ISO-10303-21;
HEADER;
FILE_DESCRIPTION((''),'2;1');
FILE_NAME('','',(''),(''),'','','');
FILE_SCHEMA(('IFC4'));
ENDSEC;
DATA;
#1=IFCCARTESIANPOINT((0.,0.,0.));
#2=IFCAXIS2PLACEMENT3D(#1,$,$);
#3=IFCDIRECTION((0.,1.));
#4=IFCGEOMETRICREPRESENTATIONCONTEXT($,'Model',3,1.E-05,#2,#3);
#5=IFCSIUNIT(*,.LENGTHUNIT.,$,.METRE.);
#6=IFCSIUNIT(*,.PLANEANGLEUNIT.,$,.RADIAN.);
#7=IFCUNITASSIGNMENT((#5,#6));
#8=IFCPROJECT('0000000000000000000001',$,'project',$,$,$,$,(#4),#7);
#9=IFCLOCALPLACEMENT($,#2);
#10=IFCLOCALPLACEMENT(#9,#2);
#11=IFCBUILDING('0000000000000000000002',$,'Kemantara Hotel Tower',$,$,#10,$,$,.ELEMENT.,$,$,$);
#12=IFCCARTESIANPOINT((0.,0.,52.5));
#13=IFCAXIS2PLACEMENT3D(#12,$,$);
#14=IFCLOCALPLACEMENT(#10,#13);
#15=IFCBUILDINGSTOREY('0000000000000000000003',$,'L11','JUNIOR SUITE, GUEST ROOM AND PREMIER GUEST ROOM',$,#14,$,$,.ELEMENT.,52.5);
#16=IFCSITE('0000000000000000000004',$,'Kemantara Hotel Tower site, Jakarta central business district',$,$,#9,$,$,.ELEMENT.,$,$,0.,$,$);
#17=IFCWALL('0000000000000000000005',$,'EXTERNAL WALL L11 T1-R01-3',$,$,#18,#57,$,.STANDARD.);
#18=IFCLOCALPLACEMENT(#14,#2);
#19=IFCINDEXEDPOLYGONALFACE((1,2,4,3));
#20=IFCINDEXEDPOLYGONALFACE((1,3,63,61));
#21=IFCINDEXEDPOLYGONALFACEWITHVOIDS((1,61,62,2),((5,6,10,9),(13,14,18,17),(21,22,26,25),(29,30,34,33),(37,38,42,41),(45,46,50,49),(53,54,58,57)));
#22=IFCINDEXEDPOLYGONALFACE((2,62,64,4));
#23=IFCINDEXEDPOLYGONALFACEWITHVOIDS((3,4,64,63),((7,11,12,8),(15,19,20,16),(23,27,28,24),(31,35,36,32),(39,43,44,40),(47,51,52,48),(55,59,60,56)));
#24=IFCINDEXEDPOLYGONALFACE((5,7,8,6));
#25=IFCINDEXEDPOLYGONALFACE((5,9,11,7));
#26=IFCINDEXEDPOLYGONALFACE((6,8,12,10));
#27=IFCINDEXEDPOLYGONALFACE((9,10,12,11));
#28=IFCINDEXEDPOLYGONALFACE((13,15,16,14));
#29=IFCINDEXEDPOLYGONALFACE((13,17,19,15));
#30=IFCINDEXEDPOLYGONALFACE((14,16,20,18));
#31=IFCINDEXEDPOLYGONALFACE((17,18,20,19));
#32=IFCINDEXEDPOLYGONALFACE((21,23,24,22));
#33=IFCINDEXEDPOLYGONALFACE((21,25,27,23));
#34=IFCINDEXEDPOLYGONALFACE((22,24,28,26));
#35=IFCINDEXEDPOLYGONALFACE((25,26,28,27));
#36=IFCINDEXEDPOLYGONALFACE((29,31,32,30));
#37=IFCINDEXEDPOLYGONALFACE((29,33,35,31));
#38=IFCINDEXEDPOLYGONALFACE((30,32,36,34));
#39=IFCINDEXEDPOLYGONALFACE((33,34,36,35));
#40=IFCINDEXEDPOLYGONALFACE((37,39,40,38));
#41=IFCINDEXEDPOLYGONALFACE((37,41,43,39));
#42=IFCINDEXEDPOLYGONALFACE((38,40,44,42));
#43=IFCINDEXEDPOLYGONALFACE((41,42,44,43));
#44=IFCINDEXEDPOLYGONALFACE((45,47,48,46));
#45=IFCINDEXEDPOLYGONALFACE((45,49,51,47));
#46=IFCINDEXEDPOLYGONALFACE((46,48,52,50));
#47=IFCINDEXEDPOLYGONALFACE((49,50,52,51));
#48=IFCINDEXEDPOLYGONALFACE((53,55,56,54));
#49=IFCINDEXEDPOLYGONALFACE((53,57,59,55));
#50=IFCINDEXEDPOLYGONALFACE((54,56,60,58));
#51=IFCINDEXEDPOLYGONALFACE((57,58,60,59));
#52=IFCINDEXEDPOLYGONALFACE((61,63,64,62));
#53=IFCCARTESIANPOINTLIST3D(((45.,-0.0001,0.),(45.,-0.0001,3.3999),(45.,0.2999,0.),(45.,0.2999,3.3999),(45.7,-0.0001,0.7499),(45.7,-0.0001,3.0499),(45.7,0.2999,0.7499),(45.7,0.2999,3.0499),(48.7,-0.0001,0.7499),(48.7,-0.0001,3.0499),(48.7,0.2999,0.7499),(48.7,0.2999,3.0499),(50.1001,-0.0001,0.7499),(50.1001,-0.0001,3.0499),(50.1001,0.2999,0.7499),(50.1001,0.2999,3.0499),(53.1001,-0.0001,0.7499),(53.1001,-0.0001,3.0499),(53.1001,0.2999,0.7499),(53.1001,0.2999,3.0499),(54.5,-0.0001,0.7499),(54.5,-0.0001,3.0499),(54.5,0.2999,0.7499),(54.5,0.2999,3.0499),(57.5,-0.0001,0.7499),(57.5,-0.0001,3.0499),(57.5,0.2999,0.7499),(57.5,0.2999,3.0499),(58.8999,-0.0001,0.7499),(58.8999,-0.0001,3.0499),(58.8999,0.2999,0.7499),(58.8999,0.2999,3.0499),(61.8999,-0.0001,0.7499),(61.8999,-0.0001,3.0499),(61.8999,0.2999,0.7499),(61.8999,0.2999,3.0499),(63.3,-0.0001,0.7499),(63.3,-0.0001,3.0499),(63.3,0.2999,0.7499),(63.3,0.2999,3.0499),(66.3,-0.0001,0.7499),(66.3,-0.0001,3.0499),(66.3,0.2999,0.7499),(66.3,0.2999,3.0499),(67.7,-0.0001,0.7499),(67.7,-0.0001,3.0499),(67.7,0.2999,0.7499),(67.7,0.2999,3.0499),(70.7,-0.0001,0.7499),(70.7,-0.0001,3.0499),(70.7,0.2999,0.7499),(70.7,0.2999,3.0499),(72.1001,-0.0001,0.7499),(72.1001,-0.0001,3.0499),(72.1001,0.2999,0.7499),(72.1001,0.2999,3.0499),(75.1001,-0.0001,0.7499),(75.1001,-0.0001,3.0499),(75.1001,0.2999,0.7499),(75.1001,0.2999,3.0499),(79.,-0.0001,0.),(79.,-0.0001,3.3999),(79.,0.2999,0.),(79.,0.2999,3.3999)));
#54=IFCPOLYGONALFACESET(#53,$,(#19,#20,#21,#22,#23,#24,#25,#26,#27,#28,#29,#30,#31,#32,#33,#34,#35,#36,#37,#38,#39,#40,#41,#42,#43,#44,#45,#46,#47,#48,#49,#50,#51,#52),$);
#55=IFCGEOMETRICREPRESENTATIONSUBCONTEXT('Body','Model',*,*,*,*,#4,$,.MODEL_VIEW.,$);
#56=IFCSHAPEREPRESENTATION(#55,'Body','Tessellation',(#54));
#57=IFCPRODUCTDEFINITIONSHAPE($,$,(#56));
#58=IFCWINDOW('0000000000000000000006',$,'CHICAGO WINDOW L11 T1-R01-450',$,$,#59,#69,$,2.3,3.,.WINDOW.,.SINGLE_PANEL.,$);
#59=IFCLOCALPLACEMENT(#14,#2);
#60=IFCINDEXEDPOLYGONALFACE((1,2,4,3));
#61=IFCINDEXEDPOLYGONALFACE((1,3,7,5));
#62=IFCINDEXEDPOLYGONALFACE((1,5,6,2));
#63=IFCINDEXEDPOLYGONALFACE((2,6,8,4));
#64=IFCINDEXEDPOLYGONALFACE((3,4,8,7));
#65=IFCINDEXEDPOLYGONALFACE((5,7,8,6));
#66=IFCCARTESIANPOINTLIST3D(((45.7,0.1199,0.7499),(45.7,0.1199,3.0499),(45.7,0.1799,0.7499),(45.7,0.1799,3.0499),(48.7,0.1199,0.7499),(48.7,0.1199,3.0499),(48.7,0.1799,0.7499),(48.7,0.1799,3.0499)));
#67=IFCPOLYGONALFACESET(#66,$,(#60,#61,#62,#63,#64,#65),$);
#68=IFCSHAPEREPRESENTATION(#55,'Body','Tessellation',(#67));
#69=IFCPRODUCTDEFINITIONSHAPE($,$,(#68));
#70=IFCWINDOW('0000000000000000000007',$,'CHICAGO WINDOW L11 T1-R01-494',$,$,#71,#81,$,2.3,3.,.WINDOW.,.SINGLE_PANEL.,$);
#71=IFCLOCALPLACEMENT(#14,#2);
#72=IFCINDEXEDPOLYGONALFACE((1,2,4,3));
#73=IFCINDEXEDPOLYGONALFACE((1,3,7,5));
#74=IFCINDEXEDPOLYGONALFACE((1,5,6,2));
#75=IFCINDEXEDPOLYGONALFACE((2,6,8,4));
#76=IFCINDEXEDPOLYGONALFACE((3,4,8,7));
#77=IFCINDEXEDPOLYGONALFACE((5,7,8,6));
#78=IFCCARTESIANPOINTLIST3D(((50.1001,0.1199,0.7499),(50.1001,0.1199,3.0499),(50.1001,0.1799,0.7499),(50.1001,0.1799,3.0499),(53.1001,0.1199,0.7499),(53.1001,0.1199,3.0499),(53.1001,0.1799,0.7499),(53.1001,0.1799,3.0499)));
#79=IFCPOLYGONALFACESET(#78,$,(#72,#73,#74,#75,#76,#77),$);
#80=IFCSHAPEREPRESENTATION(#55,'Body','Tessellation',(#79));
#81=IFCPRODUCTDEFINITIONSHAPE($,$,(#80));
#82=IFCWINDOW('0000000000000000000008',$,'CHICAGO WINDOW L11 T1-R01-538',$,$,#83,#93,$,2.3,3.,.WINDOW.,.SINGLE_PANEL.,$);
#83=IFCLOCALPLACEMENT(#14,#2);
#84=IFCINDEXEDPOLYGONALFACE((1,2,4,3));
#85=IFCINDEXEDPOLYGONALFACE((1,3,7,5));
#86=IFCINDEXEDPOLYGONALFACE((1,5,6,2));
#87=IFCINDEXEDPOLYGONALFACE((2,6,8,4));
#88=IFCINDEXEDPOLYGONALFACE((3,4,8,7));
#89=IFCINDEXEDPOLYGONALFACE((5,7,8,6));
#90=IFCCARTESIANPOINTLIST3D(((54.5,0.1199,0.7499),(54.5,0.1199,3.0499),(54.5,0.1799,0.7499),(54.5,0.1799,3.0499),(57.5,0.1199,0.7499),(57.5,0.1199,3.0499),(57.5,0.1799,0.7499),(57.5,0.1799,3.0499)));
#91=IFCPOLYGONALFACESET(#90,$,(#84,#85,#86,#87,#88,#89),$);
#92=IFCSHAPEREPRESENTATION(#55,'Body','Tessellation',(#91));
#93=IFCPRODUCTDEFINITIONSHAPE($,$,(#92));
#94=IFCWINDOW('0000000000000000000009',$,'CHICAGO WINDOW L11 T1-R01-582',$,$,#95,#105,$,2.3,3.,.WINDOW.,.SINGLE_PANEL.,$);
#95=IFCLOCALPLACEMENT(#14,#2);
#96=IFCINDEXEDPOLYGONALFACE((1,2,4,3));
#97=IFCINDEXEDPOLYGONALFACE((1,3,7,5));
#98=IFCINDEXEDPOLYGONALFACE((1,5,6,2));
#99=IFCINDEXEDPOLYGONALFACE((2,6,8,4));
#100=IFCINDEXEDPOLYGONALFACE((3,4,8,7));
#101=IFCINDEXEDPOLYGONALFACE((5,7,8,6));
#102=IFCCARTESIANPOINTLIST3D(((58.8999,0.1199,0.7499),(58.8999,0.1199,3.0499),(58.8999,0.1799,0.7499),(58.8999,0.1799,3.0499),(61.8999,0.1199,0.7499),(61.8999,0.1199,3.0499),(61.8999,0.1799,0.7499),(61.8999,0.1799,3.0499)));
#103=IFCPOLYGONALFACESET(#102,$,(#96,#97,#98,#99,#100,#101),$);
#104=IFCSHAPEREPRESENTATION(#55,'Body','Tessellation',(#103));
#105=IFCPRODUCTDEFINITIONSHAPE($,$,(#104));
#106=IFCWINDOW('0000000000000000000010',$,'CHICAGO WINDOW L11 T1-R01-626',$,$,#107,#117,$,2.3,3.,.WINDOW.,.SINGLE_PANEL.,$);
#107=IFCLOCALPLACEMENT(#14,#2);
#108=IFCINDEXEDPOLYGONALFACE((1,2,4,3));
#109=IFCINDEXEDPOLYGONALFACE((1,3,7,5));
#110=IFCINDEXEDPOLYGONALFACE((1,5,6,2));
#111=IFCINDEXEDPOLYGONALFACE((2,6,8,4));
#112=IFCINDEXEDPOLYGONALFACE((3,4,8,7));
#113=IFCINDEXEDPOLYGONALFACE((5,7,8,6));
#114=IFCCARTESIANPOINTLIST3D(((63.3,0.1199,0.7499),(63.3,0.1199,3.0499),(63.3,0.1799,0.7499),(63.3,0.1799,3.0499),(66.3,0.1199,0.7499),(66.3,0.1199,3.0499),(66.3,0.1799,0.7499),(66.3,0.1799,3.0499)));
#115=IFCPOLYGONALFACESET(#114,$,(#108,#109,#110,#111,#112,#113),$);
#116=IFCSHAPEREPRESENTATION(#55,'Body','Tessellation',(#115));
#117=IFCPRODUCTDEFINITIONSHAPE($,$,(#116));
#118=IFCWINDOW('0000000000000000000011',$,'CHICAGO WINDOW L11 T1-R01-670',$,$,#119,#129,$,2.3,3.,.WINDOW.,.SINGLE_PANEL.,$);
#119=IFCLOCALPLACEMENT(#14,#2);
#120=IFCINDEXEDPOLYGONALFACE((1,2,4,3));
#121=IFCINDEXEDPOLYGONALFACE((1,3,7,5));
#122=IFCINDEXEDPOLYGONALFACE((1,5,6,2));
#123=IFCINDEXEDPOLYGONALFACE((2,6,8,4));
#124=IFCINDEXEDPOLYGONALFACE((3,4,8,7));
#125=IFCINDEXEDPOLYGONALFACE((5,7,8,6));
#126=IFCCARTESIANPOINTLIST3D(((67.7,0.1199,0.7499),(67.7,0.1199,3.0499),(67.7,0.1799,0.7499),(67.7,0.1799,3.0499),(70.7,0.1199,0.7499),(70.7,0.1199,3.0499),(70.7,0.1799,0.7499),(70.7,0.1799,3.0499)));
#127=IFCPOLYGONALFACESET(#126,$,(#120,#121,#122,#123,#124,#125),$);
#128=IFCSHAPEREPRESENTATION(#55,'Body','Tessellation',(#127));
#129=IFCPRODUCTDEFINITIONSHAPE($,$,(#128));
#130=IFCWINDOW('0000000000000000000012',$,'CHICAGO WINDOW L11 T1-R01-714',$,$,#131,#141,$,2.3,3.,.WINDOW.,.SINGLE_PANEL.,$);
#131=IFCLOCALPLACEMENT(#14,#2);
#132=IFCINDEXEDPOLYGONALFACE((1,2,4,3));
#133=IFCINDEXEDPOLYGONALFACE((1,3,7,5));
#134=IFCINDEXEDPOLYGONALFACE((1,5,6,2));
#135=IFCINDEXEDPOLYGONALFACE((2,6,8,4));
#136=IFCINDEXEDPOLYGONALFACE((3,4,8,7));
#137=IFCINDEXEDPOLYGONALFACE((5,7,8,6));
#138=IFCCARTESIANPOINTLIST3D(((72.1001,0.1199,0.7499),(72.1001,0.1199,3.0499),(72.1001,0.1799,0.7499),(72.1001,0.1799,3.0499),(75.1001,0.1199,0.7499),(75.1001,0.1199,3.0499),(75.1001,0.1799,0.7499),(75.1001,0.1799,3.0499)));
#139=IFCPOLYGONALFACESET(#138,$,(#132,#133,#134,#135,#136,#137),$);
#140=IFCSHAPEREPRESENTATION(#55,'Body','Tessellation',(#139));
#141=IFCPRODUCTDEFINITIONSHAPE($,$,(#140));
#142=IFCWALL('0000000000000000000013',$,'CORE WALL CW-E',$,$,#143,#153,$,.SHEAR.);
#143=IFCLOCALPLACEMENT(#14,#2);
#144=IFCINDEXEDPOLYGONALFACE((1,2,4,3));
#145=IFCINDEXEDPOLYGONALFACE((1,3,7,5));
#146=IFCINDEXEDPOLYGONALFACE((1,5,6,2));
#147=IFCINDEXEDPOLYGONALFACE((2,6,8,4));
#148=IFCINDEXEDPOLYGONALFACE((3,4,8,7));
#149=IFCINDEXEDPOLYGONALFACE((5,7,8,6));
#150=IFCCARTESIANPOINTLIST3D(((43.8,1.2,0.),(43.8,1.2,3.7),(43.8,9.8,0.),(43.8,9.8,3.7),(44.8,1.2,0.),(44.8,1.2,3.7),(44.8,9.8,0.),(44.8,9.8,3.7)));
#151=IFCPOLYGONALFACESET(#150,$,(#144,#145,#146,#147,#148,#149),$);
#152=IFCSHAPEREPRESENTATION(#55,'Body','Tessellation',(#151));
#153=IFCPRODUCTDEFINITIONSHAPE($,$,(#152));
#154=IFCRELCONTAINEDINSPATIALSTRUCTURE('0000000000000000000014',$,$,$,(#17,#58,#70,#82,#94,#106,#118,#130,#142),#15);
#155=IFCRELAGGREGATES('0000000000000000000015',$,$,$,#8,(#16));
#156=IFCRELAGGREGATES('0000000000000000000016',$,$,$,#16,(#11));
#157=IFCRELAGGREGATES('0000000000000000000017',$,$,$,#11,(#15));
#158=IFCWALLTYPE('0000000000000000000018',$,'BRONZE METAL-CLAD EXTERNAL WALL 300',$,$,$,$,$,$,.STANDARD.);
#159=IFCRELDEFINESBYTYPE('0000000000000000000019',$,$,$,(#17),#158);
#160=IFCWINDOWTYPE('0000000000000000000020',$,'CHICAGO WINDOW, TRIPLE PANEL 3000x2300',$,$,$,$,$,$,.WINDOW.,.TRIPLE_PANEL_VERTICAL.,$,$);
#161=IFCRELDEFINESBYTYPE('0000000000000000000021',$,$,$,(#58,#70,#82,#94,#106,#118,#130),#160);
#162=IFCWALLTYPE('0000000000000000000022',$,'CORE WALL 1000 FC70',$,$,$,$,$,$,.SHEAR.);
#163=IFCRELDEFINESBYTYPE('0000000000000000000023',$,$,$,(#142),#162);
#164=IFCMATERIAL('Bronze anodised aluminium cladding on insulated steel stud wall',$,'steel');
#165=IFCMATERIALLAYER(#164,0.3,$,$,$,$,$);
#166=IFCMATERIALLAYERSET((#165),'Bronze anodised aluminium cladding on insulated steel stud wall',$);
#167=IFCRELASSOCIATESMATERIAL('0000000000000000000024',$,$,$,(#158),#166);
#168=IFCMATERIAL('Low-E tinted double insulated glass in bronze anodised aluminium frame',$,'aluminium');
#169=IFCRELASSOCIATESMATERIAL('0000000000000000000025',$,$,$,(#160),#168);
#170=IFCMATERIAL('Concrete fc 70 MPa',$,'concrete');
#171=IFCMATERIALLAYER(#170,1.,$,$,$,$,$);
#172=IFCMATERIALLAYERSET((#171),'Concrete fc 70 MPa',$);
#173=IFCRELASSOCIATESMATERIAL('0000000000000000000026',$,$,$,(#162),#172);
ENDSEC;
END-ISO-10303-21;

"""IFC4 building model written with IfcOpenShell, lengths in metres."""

from ifc_helpers import new_model, si_unit, direction, frame, frame_2d, origin, place, context, subcontext, project, spatial, rectangle, extrude, material, layer, layer_set, type_object, element, fill, save


model = new_model("IFC4")

# Units and contexts
model_context = context("Model", 3, precision=1e-05, world=origin(), true_north=direction((0.0, 1.0)))
body_context = subcontext(model_context, "Body", "Model", "MODEL_VIEW")
ifc_project = project(units=[si_unit("LENGTHUNIT", "METRE"), si_unit("PLANEANGLEUNIT", "RADIAN")], contexts=[model_context])

# Site, building, storey
site_placement = place(None, origin())
site = spatial("IfcSite", under=ifc_project, at=site_placement, Name="Kemantara Hotel Tower site, Jakarta central business district", CompositionType="ELEMENT", RefElevation=0.0)
building_placement = place(site_placement, origin())
building = spatial("IfcBuilding", under=site, at=building_placement, Name="Kemantara Hotel Tower", CompositionType="ELEMENT")
storey_placement = place(building_placement, frame((0.0, 0.0, 52.5)))
storey = spatial("IfcBuildingStorey", under=building, at=storey_placement, Name="L11", Description="JUNIOR SUITE, GUEST ROOM AND PREMIER GUEST ROOM", CompositionType="ELEMENT", Elevation=52.5)

# Shared definitions
ifc_material_1 = material(Name="Concrete fc 70 MPa", Category="concrete")

# Wall, openings, windows
ifc_material_2 = material(Name="Bronze anodised aluminium cladding on insulated steel stud wall", Category="steel")
ifc_layer_1 = layer(ifc_material_2, 0.3)
ifc_layer_set_1 = layer_set([ifc_layer_1], Name="Bronze anodised aluminium cladding on insulated steel stud wall")
wall_type_1 = type_object("IfcWallType", Name="BRONZE METAL-CLAD EXTERNAL WALL 300", PredefinedType="STANDARD", material=ifc_layer_set_1)
wall_1_placement = place(storey_placement, frame((45.0, 0.1499, 0.0), z_axis=(0.0, 0.0, 1.0), x_axis=(1.0, 0.0, 0.0)))
wall_1 = element("IfcWall", 1, at=wall_1_placement, inside=storey, type_object=wall_type_1, Name="EXTERNAL WALL L11 T1-R01-3", PredefinedType="STANDARD", context=body_context, shape_type="SweptSolid", body=[
    extrude(rectangle(XDim=34.0, YDim=0.3, at=frame_2d((17.0, 0.0))), origin(), (0.0, 0.0, 1.0), 3.3999),
])
opening_1_placement = place(wall_1_placement, frame((0.7, 0.0, 0.75)))
opening_1 = element("IfcOpeningElement", 2, at=opening_1_placement, cuts=wall_1, PredefinedType="OPENING", context=body_context, shape_type="SweptSolid", body=[
    extrude(rectangle(XDim=3.0, YDim=2.3, at=frame_2d((1.5, 1.1499))), frame((0.0, 0.1599, 0.0), z_axis=(0.0, -1.0, 0.0), x_axis=(1.0, 0.0, 0.0)), (0.0, 0.0, 1.0), 0.3201),
])
opening_2_placement = place(wall_1_placement, frame((5.1001, 0.0, 0.75)))
opening_2 = element("IfcOpeningElement", 3, at=opening_2_placement, cuts=wall_1, PredefinedType="OPENING", context=body_context, shape_type="SweptSolid", body=[
    extrude(rectangle(XDim=3.0, YDim=2.3, at=frame_2d((1.5, 1.1499))), frame((0.0, 0.1599, 0.0), z_axis=(0.0, -1.0, 0.0), x_axis=(1.0, 0.0, 0.0)), (0.0, 0.0, 1.0), 0.3201),
])
opening_3_placement = place(wall_1_placement, frame((9.5, 0.0, 0.75)))
opening_3 = element("IfcOpeningElement", 4, at=opening_3_placement, cuts=wall_1, PredefinedType="OPENING", context=body_context, shape_type="SweptSolid", body=[
    extrude(rectangle(XDim=3.0, YDim=2.3, at=frame_2d((1.5, 1.1499))), frame((0.0, 0.1599, 0.0), z_axis=(0.0, -1.0, 0.0), x_axis=(1.0, 0.0, 0.0)), (0.0, 0.0, 1.0), 0.3201),
])
opening_4_placement = place(wall_1_placement, frame((13.8999, 0.0, 0.75)))
opening_4 = element("IfcOpeningElement", 5, at=opening_4_placement, cuts=wall_1, PredefinedType="OPENING", context=body_context, shape_type="SweptSolid", body=[
    extrude(rectangle(XDim=3.0, YDim=2.3, at=frame_2d((1.5, 1.1499))), frame((0.0, 0.1599, 0.0), z_axis=(0.0, -1.0, 0.0), x_axis=(1.0, 0.0, 0.0)), (0.0, 0.0, 1.0), 0.3201),
])
opening_5_placement = place(wall_1_placement, frame((18.3, 0.0, 0.75)))
opening_5 = element("IfcOpeningElement", 6, at=opening_5_placement, cuts=wall_1, PredefinedType="OPENING", context=body_context, shape_type="SweptSolid", body=[
    extrude(rectangle(XDim=3.0, YDim=2.3, at=frame_2d((1.5, 1.1499))), frame((0.0, 0.1599, 0.0), z_axis=(0.0, -1.0, 0.0), x_axis=(1.0, 0.0, 0.0)), (0.0, 0.0, 1.0), 0.3201),
])
opening_6_placement = place(wall_1_placement, frame((22.7, 0.0, 0.75)))
opening_6 = element("IfcOpeningElement", 7, at=opening_6_placement, cuts=wall_1, PredefinedType="OPENING", context=body_context, shape_type="SweptSolid", body=[
    extrude(rectangle(XDim=3.0, YDim=2.3, at=frame_2d((1.5, 1.1499))), frame((0.0, 0.1599, 0.0), z_axis=(0.0, -1.0, 0.0), x_axis=(1.0, 0.0, 0.0)), (0.0, 0.0, 1.0), 0.3201),
])
opening_7_placement = place(wall_1_placement, frame((27.1001, 0.0, 0.75)))
opening_7 = element("IfcOpeningElement", 8, at=opening_7_placement, cuts=wall_1, PredefinedType="OPENING", context=body_context, shape_type="SweptSolid", body=[
    extrude(rectangle(XDim=3.0, YDim=2.3, at=frame_2d((1.5, 1.1499))), frame((0.0, 0.1599, 0.0), z_axis=(0.0, -1.0, 0.0), x_axis=(1.0, 0.0, 0.0)), (0.0, 0.0, 1.0), 0.3201),
])
ifc_material_3 = material(Name="Low-E tinted double insulated glass in bronze anodised aluminium frame", Category="aluminium")
window_type = type_object("IfcWindowType", Name="CHICAGO WINDOW, TRIPLE PANEL 3000x2300", PartitioningType="TRIPLE_PANEL_VERTICAL", PredefinedType="WINDOW", material=ifc_material_3)
window_1_placement = place(opening_1_placement, origin())
window_1 = element("IfcWindow", 9, at=window_1_placement, inside=storey, type_object=window_type, Name="CHICAGO WINDOW L11 T1-R01-450", OverallHeight=2.3, OverallWidth=3.0, PartitioningType="SINGLE_PANEL", PredefinedType="WINDOW", context=body_context, shape_type="SweptSolid", body=[
    extrude(rectangle(XDim=3.0, YDim=2.3, at=frame_2d((1.5, 1.1499))), frame((0.0, 0.03, 0.0), z_axis=(0.0, -1.0, 0.0), x_axis=(1.0, 0.0, 0.0)), (0.0, 0.0, 1.0), 0.0601),
])
fill(opening_1, window_1)
window_2_placement = place(opening_2_placement, origin())
window_2 = element("IfcWindow", 10, at=window_2_placement, inside=storey, type_object=window_type, Name="CHICAGO WINDOW L11 T1-R01-494", OverallHeight=2.3, OverallWidth=3.0, PartitioningType="SINGLE_PANEL", PredefinedType="WINDOW", context=body_context, shape_type="SweptSolid", body=[
    extrude(rectangle(XDim=3.0, YDim=2.3, at=frame_2d((1.5, 1.1499))), frame((0.0, 0.03, 0.0), z_axis=(0.0, -1.0, 0.0), x_axis=(1.0, 0.0, 0.0)), (0.0, 0.0, 1.0), 0.0601),
])
fill(opening_2, window_2)
window_3_placement = place(opening_3_placement, origin())
window_3 = element("IfcWindow", 11, at=window_3_placement, inside=storey, type_object=window_type, Name="CHICAGO WINDOW L11 T1-R01-538", OverallHeight=2.3, OverallWidth=3.0, PartitioningType="SINGLE_PANEL", PredefinedType="WINDOW", context=body_context, shape_type="SweptSolid", body=[
    extrude(rectangle(XDim=3.0, YDim=2.3, at=frame_2d((1.5, 1.1499))), frame((0.0, 0.03, 0.0), z_axis=(0.0, -1.0, 0.0), x_axis=(1.0, 0.0, 0.0)), (0.0, 0.0, 1.0), 0.0601),
])
fill(opening_3, window_3)
window_4_placement = place(opening_4_placement, origin())
window_4 = element("IfcWindow", 12, at=window_4_placement, inside=storey, type_object=window_type, Name="CHICAGO WINDOW L11 T1-R01-582", OverallHeight=2.3, OverallWidth=3.0, PartitioningType="SINGLE_PANEL", PredefinedType="WINDOW", context=body_context, shape_type="SweptSolid", body=[
    extrude(rectangle(XDim=3.0, YDim=2.3, at=frame_2d((1.5, 1.1499))), frame((0.0, 0.03, 0.0), z_axis=(0.0, -1.0, 0.0), x_axis=(1.0, 0.0, 0.0)), (0.0, 0.0, 1.0), 0.0601),
])
fill(opening_4, window_4)
window_5_placement = place(opening_5_placement, origin())
window_5 = element("IfcWindow", 13, at=window_5_placement, inside=storey, type_object=window_type, Name="CHICAGO WINDOW L11 T1-R01-626", OverallHeight=2.3, OverallWidth=3.0, PartitioningType="SINGLE_PANEL", PredefinedType="WINDOW", context=body_context, shape_type="SweptSolid", body=[
    extrude(rectangle(XDim=3.0, YDim=2.3, at=frame_2d((1.5, 1.1499))), frame((0.0, 0.03, 0.0), z_axis=(0.0, -1.0, 0.0), x_axis=(1.0, 0.0, 0.0)), (0.0, 0.0, 1.0), 0.0601),
])
fill(opening_5, window_5)
window_6_placement = place(opening_6_placement, origin())
window_6 = element("IfcWindow", 14, at=window_6_placement, inside=storey, type_object=window_type, Name="CHICAGO WINDOW L11 T1-R01-670", OverallHeight=2.3, OverallWidth=3.0, PartitioningType="SINGLE_PANEL", PredefinedType="WINDOW", context=body_context, shape_type="SweptSolid", body=[
    extrude(rectangle(XDim=3.0, YDim=2.3, at=frame_2d((1.5, 1.1499))), frame((0.0, 0.03, 0.0), z_axis=(0.0, -1.0, 0.0), x_axis=(1.0, 0.0, 0.0)), (0.0, 0.0, 1.0), 0.0601),
])
fill(opening_6, window_6)
window_7_placement = place(opening_7_placement, origin())
window_7 = element("IfcWindow", 15, at=window_7_placement, inside=storey, type_object=window_type, Name="CHICAGO WINDOW L11 T1-R01-714", OverallHeight=2.3, OverallWidth=3.0, PartitioningType="SINGLE_PANEL", PredefinedType="WINDOW", context=body_context, shape_type="SweptSolid", body=[
    extrude(rectangle(XDim=3.0, YDim=2.3, at=frame_2d((1.5, 1.1499))), frame((0.0, 0.03, 0.0), z_axis=(0.0, -1.0, 0.0), x_axis=(1.0, 0.0, 0.0)), (0.0, 0.0, 1.0), 0.0601),
])
fill(opening_7, window_7)

# Wall
ifc_layer_2 = layer(ifc_material_1, 1.0)
ifc_layer_set_2 = layer_set([ifc_layer_2], Name="Concrete fc 70 MPa")
wall_type_2 = type_object("IfcWallType", Name="CORE WALL 1000 FC70", PredefinedType="SHEAR", material=ifc_layer_set_2)
wall_2_placement = place(storey_placement, frame((44.3, 1.2, 0.0), z_axis=(0.0, 0.0, 1.0), x_axis=(0.0, 1.0, 0.0)))
element("IfcWall", 16, at=wall_2_placement, inside=storey, type_object=wall_type_2, Name="CORE WALL CW-E", PredefinedType="SHEAR", context=body_context, shape_type="SweptSolid", body=[
    extrude(rectangle(XDim=8.6001, YDim=1.0, at=frame_2d((4.3, 0.0))), origin(), (0.0, 0.0, 1.0), 3.7),
])

save(model, "model.ifc")
